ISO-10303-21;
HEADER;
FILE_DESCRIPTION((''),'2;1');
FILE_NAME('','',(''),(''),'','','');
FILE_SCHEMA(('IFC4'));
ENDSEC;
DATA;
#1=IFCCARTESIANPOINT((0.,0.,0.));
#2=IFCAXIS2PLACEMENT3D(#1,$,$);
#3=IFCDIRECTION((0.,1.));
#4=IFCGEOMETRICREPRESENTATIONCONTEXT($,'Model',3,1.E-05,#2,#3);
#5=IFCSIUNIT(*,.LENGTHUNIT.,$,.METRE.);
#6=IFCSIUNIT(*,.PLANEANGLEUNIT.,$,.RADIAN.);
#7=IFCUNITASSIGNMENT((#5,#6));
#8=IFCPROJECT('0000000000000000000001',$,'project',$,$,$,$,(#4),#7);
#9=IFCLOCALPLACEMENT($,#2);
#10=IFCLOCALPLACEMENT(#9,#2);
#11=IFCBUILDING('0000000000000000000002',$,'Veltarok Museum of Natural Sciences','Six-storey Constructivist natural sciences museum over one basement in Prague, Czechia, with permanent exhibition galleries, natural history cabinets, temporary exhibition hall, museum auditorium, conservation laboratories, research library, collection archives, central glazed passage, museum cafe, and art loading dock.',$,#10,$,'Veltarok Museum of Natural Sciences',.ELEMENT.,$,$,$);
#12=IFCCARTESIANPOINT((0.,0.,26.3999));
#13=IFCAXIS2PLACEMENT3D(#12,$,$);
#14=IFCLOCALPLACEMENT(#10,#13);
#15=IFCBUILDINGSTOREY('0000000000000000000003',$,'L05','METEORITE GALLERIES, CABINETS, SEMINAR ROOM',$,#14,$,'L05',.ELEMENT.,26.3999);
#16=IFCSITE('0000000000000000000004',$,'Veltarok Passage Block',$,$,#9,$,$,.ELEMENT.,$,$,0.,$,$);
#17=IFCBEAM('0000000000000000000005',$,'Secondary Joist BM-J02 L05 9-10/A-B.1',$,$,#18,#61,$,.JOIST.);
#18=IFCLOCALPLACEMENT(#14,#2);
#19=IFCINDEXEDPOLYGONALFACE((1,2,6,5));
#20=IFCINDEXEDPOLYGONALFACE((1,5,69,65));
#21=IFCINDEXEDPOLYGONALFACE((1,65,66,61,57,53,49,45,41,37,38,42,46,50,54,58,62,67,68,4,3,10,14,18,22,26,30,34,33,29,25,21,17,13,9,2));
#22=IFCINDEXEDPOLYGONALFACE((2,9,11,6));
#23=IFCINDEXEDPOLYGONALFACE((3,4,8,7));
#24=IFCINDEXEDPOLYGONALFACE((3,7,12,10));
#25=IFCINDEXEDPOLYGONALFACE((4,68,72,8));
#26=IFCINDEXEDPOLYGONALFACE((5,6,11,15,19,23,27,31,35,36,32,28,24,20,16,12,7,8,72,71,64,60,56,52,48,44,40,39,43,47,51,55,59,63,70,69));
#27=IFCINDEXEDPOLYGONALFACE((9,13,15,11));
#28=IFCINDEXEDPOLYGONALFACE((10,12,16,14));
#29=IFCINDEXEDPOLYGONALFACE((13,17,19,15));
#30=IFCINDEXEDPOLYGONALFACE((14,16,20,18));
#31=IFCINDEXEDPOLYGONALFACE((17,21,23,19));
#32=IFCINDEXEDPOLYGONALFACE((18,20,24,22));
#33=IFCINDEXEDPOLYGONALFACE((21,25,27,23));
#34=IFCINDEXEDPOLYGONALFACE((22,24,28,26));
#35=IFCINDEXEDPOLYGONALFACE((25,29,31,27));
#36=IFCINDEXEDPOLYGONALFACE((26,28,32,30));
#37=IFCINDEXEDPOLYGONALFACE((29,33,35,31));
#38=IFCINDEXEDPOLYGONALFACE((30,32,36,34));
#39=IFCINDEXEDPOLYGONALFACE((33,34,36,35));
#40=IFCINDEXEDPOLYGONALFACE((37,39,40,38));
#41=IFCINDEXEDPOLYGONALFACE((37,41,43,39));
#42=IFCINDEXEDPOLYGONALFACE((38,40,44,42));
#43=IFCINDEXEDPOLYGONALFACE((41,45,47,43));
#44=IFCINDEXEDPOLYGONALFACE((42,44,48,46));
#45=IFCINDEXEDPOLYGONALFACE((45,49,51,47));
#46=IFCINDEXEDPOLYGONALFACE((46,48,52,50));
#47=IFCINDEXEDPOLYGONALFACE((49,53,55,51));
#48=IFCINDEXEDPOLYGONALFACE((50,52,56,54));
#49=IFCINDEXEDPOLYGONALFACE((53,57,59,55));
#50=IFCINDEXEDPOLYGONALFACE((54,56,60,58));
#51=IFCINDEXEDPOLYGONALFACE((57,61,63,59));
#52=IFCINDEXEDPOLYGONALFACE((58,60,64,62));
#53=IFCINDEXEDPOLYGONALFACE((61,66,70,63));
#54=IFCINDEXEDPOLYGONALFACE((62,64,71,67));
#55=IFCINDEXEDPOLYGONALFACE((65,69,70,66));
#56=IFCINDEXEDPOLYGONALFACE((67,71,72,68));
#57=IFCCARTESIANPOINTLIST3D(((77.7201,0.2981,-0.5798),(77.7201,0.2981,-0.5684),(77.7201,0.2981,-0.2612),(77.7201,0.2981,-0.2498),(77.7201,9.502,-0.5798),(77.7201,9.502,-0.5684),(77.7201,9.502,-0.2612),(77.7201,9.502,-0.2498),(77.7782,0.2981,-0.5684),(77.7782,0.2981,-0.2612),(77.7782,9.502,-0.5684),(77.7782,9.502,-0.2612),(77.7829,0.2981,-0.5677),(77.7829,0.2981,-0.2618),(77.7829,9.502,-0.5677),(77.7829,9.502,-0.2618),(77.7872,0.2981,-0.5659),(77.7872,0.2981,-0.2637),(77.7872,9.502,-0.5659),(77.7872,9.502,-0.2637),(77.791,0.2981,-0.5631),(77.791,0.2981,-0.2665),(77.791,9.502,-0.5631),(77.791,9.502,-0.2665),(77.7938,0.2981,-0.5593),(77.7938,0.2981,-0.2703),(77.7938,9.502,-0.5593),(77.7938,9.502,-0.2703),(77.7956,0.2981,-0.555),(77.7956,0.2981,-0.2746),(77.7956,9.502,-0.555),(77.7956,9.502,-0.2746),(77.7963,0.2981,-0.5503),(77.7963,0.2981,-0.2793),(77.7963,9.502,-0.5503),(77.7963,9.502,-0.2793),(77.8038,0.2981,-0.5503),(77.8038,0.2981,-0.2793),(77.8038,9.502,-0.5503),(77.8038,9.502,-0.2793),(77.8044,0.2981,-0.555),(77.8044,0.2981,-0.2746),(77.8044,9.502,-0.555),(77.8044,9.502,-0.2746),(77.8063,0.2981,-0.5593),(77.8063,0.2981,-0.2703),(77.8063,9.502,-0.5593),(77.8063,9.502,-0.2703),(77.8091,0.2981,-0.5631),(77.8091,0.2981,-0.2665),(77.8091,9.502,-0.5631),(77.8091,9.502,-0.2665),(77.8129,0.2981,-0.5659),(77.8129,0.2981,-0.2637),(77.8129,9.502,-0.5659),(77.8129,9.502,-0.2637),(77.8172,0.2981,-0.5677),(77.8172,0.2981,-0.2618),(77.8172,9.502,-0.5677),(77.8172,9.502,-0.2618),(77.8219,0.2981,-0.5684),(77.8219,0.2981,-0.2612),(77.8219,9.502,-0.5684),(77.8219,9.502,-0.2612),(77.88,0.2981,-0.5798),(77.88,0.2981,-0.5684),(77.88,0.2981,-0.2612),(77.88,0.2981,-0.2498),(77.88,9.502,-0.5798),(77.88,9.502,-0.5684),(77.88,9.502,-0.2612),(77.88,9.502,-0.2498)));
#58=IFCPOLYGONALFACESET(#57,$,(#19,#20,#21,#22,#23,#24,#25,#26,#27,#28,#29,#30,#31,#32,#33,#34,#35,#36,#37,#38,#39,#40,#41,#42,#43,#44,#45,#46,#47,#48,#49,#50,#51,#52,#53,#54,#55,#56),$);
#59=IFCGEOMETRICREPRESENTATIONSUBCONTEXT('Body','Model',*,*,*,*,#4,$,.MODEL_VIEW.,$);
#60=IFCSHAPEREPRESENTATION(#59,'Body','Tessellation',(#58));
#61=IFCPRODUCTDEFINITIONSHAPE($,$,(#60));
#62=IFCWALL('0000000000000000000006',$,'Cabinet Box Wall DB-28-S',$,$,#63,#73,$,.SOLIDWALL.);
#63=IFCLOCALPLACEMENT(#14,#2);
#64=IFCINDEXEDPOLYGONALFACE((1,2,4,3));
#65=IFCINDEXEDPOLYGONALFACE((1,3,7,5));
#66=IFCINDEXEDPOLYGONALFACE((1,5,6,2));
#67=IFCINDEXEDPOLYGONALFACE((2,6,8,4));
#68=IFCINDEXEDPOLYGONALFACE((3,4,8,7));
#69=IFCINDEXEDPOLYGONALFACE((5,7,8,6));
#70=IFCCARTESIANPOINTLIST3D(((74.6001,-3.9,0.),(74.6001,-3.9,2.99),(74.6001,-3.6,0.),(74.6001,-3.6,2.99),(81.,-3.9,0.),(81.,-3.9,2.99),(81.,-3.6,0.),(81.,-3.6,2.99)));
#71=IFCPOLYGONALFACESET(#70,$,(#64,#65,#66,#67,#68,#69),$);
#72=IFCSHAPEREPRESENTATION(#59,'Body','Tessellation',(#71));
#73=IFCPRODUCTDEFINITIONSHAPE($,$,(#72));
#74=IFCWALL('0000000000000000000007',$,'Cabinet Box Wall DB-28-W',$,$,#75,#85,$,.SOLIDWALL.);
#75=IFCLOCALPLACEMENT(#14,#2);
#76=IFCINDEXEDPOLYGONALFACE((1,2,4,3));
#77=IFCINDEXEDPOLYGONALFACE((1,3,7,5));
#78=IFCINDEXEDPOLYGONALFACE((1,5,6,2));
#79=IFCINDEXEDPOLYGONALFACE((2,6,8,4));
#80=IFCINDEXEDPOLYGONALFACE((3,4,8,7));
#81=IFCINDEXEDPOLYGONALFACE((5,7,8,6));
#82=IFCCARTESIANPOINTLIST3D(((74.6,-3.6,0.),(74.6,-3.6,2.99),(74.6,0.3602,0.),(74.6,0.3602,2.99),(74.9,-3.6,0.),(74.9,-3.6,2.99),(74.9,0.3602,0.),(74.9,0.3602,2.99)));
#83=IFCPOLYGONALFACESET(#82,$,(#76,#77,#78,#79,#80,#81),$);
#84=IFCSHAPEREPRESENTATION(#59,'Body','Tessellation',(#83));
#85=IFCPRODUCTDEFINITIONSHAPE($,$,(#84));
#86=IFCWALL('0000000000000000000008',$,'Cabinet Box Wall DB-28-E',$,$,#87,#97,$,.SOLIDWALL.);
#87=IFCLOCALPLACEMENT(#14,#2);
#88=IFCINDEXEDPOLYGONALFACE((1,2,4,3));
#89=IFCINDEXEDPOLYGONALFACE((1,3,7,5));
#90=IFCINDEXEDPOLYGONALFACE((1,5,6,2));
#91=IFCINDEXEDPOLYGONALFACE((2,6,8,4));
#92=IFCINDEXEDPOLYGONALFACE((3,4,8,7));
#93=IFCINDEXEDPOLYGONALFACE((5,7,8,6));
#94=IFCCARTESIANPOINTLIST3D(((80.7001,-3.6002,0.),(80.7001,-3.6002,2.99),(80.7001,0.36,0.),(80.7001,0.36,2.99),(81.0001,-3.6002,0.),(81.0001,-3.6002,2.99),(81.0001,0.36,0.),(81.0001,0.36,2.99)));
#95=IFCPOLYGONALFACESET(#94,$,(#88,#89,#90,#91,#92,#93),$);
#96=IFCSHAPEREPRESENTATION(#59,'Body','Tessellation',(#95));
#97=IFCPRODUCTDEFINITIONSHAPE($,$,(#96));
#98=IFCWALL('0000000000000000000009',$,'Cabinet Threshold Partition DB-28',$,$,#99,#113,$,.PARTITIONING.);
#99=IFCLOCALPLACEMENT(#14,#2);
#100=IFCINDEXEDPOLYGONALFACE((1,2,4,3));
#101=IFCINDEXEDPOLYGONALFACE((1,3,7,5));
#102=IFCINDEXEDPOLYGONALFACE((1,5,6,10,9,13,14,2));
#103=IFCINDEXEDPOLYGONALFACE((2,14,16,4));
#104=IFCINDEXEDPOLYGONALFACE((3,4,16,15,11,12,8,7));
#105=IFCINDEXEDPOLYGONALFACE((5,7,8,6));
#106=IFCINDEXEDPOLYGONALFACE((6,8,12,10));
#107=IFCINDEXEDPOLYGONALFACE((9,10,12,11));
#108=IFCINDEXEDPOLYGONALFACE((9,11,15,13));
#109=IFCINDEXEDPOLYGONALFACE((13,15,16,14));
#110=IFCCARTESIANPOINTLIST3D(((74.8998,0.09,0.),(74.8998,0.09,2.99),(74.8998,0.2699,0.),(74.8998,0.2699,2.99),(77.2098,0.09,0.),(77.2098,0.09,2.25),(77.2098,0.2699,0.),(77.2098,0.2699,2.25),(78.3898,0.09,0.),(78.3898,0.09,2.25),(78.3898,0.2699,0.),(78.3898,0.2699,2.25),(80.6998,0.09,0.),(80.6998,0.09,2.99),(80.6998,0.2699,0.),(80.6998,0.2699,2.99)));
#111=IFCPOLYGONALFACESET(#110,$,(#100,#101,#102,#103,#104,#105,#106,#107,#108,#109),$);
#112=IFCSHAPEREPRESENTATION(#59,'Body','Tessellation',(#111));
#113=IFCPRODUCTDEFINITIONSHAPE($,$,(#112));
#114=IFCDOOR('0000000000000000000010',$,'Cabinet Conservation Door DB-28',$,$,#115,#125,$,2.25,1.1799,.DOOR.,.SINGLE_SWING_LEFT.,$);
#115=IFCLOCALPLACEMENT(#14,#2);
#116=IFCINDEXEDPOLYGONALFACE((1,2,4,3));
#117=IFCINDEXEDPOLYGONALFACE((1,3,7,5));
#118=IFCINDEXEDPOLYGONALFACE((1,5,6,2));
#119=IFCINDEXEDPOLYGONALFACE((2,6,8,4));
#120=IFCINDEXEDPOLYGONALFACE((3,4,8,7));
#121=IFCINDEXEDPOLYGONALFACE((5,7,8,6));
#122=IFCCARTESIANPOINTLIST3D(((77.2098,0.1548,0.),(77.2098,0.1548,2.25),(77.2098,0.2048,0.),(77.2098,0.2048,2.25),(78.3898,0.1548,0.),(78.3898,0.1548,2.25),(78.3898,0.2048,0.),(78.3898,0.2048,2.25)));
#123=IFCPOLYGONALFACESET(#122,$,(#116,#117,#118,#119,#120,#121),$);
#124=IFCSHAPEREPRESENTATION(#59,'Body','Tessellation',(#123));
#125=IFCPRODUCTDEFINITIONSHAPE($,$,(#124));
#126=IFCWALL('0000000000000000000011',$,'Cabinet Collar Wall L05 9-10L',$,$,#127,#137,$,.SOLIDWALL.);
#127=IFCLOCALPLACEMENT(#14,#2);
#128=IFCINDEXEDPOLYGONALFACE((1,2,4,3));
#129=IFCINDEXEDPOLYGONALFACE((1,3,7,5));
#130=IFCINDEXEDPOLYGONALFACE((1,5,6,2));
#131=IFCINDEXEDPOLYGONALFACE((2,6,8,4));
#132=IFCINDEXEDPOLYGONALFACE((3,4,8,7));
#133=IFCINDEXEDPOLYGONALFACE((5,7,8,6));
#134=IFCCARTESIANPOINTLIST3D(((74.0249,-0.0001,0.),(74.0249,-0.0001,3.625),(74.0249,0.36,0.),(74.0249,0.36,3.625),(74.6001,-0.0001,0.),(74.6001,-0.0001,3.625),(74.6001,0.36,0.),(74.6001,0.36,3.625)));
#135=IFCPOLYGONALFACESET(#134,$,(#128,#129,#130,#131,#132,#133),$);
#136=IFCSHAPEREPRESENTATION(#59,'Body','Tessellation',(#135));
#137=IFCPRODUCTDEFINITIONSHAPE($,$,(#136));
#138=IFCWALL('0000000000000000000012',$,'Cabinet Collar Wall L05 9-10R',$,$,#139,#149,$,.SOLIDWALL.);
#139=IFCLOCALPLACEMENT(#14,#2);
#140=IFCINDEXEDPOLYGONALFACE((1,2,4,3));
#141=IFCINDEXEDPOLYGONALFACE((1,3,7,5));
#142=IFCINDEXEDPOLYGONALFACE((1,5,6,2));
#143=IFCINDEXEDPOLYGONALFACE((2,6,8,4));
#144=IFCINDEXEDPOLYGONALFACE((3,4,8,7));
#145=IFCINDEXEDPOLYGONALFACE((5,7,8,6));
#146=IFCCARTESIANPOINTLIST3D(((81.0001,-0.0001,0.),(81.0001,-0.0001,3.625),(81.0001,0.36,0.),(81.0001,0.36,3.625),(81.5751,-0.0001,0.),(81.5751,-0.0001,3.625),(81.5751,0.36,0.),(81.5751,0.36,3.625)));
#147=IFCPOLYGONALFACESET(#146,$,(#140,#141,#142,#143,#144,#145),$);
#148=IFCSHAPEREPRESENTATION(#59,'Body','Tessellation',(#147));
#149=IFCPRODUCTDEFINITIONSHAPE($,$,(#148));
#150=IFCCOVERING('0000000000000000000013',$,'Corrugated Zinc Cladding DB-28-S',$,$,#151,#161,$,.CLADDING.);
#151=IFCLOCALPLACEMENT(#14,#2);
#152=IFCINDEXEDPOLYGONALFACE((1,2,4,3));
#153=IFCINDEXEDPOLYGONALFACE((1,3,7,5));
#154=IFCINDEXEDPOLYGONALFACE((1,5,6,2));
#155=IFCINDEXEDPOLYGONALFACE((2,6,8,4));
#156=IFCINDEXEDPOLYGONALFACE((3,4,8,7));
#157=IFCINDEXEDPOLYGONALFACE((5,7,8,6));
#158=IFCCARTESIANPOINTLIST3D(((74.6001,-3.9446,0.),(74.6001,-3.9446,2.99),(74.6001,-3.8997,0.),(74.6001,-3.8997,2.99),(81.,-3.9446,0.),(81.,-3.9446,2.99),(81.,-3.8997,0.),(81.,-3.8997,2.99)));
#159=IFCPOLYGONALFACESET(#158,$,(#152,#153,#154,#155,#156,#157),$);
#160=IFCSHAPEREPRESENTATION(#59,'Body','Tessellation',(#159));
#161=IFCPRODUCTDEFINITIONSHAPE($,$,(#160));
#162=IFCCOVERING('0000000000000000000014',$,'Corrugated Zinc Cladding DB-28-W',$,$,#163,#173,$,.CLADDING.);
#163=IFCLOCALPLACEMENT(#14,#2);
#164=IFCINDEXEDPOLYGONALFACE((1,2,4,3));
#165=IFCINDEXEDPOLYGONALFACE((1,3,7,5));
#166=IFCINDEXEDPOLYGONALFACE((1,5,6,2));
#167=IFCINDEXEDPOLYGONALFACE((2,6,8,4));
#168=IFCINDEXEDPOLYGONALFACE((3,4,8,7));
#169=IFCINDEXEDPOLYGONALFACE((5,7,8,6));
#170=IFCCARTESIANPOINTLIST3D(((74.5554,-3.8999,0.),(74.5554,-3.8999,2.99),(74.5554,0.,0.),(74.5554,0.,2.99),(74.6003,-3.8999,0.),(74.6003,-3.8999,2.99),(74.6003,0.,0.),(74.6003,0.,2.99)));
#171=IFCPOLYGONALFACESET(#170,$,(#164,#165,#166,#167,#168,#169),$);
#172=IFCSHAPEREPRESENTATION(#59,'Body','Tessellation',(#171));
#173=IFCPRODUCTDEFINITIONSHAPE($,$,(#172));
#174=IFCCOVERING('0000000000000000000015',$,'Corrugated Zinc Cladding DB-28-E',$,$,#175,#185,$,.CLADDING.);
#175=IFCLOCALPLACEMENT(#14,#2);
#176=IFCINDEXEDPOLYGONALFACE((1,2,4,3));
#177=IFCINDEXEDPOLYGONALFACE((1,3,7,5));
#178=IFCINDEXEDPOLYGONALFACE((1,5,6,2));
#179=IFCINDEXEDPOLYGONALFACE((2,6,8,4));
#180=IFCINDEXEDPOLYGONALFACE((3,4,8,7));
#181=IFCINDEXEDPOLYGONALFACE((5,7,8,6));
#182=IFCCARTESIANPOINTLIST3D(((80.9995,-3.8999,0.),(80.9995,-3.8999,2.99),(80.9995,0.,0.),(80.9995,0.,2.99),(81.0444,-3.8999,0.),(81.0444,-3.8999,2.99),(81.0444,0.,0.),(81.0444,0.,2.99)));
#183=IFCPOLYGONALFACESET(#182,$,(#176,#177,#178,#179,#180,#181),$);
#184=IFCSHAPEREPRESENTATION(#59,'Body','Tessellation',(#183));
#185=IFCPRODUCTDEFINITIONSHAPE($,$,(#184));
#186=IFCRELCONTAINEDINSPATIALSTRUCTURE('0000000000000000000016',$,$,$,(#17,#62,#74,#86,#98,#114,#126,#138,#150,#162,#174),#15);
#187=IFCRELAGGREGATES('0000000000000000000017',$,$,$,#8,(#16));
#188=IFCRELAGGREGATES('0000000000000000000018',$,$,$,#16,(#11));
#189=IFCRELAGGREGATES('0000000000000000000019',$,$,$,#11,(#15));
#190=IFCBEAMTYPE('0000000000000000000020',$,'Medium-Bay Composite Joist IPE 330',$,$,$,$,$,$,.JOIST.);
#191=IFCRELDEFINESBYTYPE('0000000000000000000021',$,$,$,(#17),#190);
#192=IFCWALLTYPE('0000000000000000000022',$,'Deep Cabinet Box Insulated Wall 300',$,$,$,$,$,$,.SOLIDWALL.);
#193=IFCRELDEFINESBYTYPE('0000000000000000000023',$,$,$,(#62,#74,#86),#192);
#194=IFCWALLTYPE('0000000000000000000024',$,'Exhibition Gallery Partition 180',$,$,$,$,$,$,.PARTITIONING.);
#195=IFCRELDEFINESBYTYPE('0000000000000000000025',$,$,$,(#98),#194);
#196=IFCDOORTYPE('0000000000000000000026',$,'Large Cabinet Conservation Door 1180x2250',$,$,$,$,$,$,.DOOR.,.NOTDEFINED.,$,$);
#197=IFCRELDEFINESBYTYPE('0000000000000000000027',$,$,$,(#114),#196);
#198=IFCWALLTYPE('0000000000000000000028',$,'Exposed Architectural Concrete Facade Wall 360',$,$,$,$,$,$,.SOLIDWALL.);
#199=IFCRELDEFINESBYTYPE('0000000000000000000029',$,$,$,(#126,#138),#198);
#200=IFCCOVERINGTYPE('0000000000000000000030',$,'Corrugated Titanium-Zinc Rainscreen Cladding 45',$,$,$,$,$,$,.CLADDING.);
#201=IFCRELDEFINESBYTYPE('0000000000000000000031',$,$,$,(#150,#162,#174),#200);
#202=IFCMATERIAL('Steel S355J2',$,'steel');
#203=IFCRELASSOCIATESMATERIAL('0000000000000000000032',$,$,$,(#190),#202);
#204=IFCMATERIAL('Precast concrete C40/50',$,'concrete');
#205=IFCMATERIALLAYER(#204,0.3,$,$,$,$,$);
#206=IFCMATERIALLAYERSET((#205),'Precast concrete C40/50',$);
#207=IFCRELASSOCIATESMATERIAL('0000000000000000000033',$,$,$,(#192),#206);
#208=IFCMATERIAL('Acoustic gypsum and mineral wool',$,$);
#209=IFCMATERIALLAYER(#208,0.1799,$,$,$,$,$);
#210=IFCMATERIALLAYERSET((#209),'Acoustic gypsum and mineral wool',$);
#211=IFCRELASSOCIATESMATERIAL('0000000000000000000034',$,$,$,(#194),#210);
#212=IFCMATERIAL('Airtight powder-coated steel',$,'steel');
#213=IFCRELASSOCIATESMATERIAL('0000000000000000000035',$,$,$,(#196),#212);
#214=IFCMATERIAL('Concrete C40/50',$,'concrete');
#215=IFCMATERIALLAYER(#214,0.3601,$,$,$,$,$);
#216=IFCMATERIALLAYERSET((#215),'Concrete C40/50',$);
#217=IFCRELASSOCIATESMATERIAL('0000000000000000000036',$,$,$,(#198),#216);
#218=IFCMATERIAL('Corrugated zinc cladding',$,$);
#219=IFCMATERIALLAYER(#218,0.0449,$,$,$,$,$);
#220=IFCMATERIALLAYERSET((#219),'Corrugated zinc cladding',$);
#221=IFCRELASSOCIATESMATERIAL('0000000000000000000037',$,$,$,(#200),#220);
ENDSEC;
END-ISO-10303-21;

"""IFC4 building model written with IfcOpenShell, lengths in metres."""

from ifc_helpers import new_model, si_unit, direction, frame, frame_2d, origin, origin_2d, place, context, subcontext, project, spatial, rectangle, i_section, extrude, material, layer, layer_set, material_profile, profile_set, type_object, element, fill, save


model = new_model("IFC4")

# Units and contexts
model_context = context("Model", 3, precision=1e-05, world=origin(), true_north=direction((0.0, 1.0)))
body_context = subcontext(model_context, "Body", "Model", "MODEL_VIEW")
ifc_project = project(units=[si_unit("LENGTHUNIT", "METRE"), si_unit("PLANEANGLEUNIT", "RADIAN")], contexts=[model_context])

# Site, building, storey
site_placement = place(None, origin())
site = spatial("IfcSite", under=ifc_project, at=site_placement, Name="Veltarok Passage Block", CompositionType="ELEMENT", RefElevation=0.0)
building_placement = place(site_placement, origin())
building = spatial("IfcBuilding", under=site, at=building_placement, Name="Veltarok Museum of Natural Sciences", Description="Six-storey Constructivist natural sciences museum over one basement in Prague, Czechia, with permanent exhibition galleries, natural history cabinets, temporary exhibition hall, museum auditorium, conservation laboratories, research library, collection archives, central glazed passage, museum cafe, and art loading dock.", LongName="Veltarok Museum of Natural Sciences", CompositionType="ELEMENT")
storey_placement = place(building_placement, frame((0.0, 0.0, 26.3999)))
storey = spatial("IfcBuildingStorey", under=building, at=storey_placement, Name="L05", Description="METEORITE GALLERIES, CABINETS, SEMINAR ROOM", LongName="L05", CompositionType="ELEMENT", Elevation=26.3999)

# Shared definitions
ifc_material_1 = material(Name="Concrete C40/50", Category="concrete")

# Beam
ifc_material_2 = material(Name="Steel S355J2", Category="steel")
ifc_material_profile_1 = material_profile(ifc_material_2, i_section(OverallWidth=0.1599, OverallDepth=0.3301, WebThickness=0.0076, FlangeThickness=0.0115, FilletRadius=0.0181, at=origin_2d()), Name="IPE 330")
ifc_profile_set_1 = profile_set([ifc_material_profile_1], Name="Steel S355J2")
beam_type_1 = type_object("IfcBeamType", Name="Medium-Bay Composite Joist IPE 330", PredefinedType="JOIST", material=ifc_profile_set_1)
beam_1_placement = place(storey_placement, frame((77.8, 0.2981, -0.4148), z_axis=(0.0, 1.0, 0.0), x_axis=(-1.0, 0.0, 0.0)))
element("IfcBeam", 1, at=beam_1_placement, inside=storey, type_object=beam_type_1, Name="Secondary Joist BM-J02 L05 9-10/A-B.1", PredefinedType="JOIST", context=body_context, shape_type="SweptSolid", body=[
    extrude(i_section(OverallWidth=0.1599, OverallDepth=0.3301, WebThickness=0.0076, FlangeThickness=0.0115, FilletRadius=0.0181, at=origin_2d()), origin(), (0.0, 0.0, 1.0), 9.2039),
])

# Walls
ifc_material_3 = material(Name="Precast concrete C40/50", Category="concrete")
ifc_layer_1 = layer(ifc_material_3, 0.3)
ifc_layer_set_1 = layer_set([ifc_layer_1], Name="Precast concrete C40/50")
wall_type_1 = type_object("IfcWallType", Name="Deep Cabinet Box Insulated Wall 300", PredefinedType="SOLIDWALL", material=ifc_layer_set_1)
wall_1_placement = place(storey_placement, frame((74.6001, -3.75, 0.0), z_axis=(0.0, 0.0, 1.0), x_axis=(1.0, 0.0, 0.0)))
element("IfcWall", 2, at=wall_1_placement, inside=storey, type_object=wall_type_1, Name="Cabinet Box Wall DB-28-S", PredefinedType="SOLIDWALL", context=body_context, shape_type="SweptSolid", body=[
    extrude(rectangle(XDim=6.3999, YDim=0.3, at=frame_2d((3.2, 0.0))), origin(), (0.0, 0.0, 1.0), 2.99),
])
for number, where, z_axis, x_axis, name in (
    (3, (74.75, 0.3601, 0.0), (0.0, 0.0, 1.0), (0.0, -1.0, 0.0), "Cabinet Box Wall DB-28-W"),
    (4, (80.8501, -3.6001, 0.0), (0.0, 0.0, 1.0), (0.0, 1.0, 0.0), "Cabinet Box Wall DB-28-E"),
):
    element("IfcWall", number, at=place(storey_placement, frame(where, z_axis=z_axis, x_axis=x_axis)), inside=storey, type_object=wall_type_1, Name=name, PredefinedType="SOLIDWALL", context=body_context, shape_type="SweptSolid", body=[
        extrude(rectangle(XDim=3.9602, YDim=0.3, at=frame_2d((1.98, 0.0))), origin(), (0.0, 0.0, 1.0), 2.99),
    ])

# Wall, opening, door
ifc_material_4 = material(Name="Acoustic gypsum and mineral wool")
ifc_layer_2 = layer(ifc_material_4, 0.1799)
ifc_layer_set_2 = layer_set([ifc_layer_2], Name="Acoustic gypsum and mineral wool")
wall_type_2 = type_object("IfcWallType", Name="Exhibition Gallery Partition 180", PredefinedType="PARTITIONING", material=ifc_layer_set_2)
wall_2_placement = place(storey_placement, frame((74.8999, 0.1799, 0.0), z_axis=(0.0, 0.0, 1.0), x_axis=(1.0, 0.0, 0.0)))
wall_2 = element("IfcWall", 5, at=wall_2_placement, inside=storey, type_object=wall_type_2, Name="Cabinet Threshold Partition DB-28", PredefinedType="PARTITIONING", context=body_context, shape_type="SweptSolid", body=[
    extrude(rectangle(XDim=5.8, YDim=0.1799, at=frame_2d((2.8999, 0.0))), origin(), (0.0, 0.0, 1.0), 2.99),
])
opening_placement = place(wall_2_placement, frame((2.3101, 0.0, 0.0)))
opening = element("IfcOpeningElement", 6, at=opening_placement, cuts=wall_2, PredefinedType="OPENING", context=body_context, shape_type="SweptSolid", body=[
    extrude(rectangle(XDim=1.1799, YDim=2.25, at=frame_2d((0.5898, 1.125))), frame((0.0, 0.1001, 0.0), z_axis=(0.0, -1.0, 0.0), x_axis=(1.0, 0.0, 0.0)), (0.0, 0.0, 1.0), 0.2),
])
ifc_material_5 = material(Name="Airtight powder-coated steel", Category="steel")
door_type = type_object("IfcDoorType", Name="Large Cabinet Conservation Door 1180x2250", OperationType="NOTDEFINED", PredefinedType="DOOR", material=ifc_material_5)
door_placement = place(opening_placement, origin())
door = element("IfcDoor", 7, at=door_placement, inside=storey, type_object=door_type, Name="Cabinet Conservation Door DB-28", OperationType="SINGLE_SWING_LEFT", OverallHeight=2.25, OverallWidth=1.1799, PredefinedType="DOOR", context=body_context, shape_type="SweptSolid", body=[
    extrude(rectangle(XDim=1.1799, YDim=2.25, at=frame_2d((0.5898, 1.125))), frame((0.0, 0.0249, 0.0), z_axis=(0.0, -1.0, 0.0), x_axis=(1.0, 0.0, 0.0)), (0.0, 0.0, 1.0), 0.05),
])
fill(opening, door)

# Walls
ifc_layer_3 = layer(ifc_material_1, 0.3601)
ifc_layer_set_3 = layer_set([ifc_layer_3], Name="Concrete C40/50")
wall_type_3 = type_object("IfcWallType", Name="Exposed Architectural Concrete Facade Wall 360", PredefinedType="SOLIDWALL", material=ifc_layer_set_3)
wall_3_placement = place(storey_placement, frame((74.0249, 0.1799, 0.0), z_axis=(0.0, 0.0, 1.0), x_axis=(1.0, 0.0, 0.0)))
element("IfcWall", 8, at=wall_3_placement, inside=storey, type_object=wall_type_3, Name="Cabinet Collar Wall L05 9-10L", PredefinedType="SOLIDWALL", context=body_context, shape_type="SweptSolid", body=[
    extrude(rectangle(XDim=0.5752, YDim=0.3601, at=frame_2d((0.2876, 0.0))), origin(), (0.0, 0.0, 1.0), 3.625),
])
wall_4_placement = place(storey_placement, frame((81.0, 0.1799, 0.0), z_axis=(0.0, 0.0, 1.0), x_axis=(1.0, 0.0, 0.0)))
element("IfcWall", 9, at=wall_4_placement, inside=storey, type_object=wall_type_3, Name="Cabinet Collar Wall L05 9-10R", PredefinedType="SOLIDWALL", context=body_context, shape_type="SweptSolid", body=[
    extrude(rectangle(XDim=0.575, YDim=0.3601, at=frame_2d((0.2876, 0.0))), origin(), (0.0, 0.0, 1.0), 3.625),
])

# Coverings
ifc_material_6 = material(Name="Corrugated zinc cladding")
ifc_layer_4 = layer(ifc_material_6, 0.0449)
ifc_layer_set_4 = layer_set([ifc_layer_4], Name="Corrugated zinc cladding")
covering_type = type_object("IfcCoveringType", Name="Corrugated Titanium-Zinc Rainscreen Cladding 45", PredefinedType="CLADDING", material=ifc_layer_set_4)
covering_placement = place(storey_placement, frame((74.6001, -3.9221, 0.0), z_axis=(0.0, 0.0, 1.0), x_axis=(1.0, 0.0, 0.0)))
element("IfcCovering", 10, at=covering_placement, inside=storey, type_object=covering_type, Name="Corrugated Zinc Cladding DB-28-S", PredefinedType="CLADDING", context=body_context, shape_type="SweptSolid", body=[
    extrude(rectangle(XDim=6.3999, YDim=0.0449, at=frame_2d((3.2, 0.0))), origin(), (0.0, 0.0, 1.0), 2.99),
])
for number, where, z_axis, x_axis, name in (
    (11, (74.5779, 0.0, 0.0), (0.0, 0.0, 1.0), (0.0, -1.0, 0.0), "Corrugated Zinc Cladding DB-28-W"),
    (12, (81.022, -3.8999, 0.0), (0.0, 0.0, 1.0), (0.0, 1.0, 0.0), "Corrugated Zinc Cladding DB-28-E"),
):
    element("IfcCovering", number, at=place(storey_placement, frame(where, z_axis=z_axis, x_axis=x_axis)), inside=storey, type_object=covering_type, Name=name, PredefinedType="CLADDING", context=body_context, shape_type="SweptSolid", body=[
        extrude(rectangle(XDim=3.8999, YDim=0.0449, at=frame_2d((1.95, 0.0))), origin(), (0.0, 0.0, 1.0), 2.99),
    ])

save(model, "model.ifc")
